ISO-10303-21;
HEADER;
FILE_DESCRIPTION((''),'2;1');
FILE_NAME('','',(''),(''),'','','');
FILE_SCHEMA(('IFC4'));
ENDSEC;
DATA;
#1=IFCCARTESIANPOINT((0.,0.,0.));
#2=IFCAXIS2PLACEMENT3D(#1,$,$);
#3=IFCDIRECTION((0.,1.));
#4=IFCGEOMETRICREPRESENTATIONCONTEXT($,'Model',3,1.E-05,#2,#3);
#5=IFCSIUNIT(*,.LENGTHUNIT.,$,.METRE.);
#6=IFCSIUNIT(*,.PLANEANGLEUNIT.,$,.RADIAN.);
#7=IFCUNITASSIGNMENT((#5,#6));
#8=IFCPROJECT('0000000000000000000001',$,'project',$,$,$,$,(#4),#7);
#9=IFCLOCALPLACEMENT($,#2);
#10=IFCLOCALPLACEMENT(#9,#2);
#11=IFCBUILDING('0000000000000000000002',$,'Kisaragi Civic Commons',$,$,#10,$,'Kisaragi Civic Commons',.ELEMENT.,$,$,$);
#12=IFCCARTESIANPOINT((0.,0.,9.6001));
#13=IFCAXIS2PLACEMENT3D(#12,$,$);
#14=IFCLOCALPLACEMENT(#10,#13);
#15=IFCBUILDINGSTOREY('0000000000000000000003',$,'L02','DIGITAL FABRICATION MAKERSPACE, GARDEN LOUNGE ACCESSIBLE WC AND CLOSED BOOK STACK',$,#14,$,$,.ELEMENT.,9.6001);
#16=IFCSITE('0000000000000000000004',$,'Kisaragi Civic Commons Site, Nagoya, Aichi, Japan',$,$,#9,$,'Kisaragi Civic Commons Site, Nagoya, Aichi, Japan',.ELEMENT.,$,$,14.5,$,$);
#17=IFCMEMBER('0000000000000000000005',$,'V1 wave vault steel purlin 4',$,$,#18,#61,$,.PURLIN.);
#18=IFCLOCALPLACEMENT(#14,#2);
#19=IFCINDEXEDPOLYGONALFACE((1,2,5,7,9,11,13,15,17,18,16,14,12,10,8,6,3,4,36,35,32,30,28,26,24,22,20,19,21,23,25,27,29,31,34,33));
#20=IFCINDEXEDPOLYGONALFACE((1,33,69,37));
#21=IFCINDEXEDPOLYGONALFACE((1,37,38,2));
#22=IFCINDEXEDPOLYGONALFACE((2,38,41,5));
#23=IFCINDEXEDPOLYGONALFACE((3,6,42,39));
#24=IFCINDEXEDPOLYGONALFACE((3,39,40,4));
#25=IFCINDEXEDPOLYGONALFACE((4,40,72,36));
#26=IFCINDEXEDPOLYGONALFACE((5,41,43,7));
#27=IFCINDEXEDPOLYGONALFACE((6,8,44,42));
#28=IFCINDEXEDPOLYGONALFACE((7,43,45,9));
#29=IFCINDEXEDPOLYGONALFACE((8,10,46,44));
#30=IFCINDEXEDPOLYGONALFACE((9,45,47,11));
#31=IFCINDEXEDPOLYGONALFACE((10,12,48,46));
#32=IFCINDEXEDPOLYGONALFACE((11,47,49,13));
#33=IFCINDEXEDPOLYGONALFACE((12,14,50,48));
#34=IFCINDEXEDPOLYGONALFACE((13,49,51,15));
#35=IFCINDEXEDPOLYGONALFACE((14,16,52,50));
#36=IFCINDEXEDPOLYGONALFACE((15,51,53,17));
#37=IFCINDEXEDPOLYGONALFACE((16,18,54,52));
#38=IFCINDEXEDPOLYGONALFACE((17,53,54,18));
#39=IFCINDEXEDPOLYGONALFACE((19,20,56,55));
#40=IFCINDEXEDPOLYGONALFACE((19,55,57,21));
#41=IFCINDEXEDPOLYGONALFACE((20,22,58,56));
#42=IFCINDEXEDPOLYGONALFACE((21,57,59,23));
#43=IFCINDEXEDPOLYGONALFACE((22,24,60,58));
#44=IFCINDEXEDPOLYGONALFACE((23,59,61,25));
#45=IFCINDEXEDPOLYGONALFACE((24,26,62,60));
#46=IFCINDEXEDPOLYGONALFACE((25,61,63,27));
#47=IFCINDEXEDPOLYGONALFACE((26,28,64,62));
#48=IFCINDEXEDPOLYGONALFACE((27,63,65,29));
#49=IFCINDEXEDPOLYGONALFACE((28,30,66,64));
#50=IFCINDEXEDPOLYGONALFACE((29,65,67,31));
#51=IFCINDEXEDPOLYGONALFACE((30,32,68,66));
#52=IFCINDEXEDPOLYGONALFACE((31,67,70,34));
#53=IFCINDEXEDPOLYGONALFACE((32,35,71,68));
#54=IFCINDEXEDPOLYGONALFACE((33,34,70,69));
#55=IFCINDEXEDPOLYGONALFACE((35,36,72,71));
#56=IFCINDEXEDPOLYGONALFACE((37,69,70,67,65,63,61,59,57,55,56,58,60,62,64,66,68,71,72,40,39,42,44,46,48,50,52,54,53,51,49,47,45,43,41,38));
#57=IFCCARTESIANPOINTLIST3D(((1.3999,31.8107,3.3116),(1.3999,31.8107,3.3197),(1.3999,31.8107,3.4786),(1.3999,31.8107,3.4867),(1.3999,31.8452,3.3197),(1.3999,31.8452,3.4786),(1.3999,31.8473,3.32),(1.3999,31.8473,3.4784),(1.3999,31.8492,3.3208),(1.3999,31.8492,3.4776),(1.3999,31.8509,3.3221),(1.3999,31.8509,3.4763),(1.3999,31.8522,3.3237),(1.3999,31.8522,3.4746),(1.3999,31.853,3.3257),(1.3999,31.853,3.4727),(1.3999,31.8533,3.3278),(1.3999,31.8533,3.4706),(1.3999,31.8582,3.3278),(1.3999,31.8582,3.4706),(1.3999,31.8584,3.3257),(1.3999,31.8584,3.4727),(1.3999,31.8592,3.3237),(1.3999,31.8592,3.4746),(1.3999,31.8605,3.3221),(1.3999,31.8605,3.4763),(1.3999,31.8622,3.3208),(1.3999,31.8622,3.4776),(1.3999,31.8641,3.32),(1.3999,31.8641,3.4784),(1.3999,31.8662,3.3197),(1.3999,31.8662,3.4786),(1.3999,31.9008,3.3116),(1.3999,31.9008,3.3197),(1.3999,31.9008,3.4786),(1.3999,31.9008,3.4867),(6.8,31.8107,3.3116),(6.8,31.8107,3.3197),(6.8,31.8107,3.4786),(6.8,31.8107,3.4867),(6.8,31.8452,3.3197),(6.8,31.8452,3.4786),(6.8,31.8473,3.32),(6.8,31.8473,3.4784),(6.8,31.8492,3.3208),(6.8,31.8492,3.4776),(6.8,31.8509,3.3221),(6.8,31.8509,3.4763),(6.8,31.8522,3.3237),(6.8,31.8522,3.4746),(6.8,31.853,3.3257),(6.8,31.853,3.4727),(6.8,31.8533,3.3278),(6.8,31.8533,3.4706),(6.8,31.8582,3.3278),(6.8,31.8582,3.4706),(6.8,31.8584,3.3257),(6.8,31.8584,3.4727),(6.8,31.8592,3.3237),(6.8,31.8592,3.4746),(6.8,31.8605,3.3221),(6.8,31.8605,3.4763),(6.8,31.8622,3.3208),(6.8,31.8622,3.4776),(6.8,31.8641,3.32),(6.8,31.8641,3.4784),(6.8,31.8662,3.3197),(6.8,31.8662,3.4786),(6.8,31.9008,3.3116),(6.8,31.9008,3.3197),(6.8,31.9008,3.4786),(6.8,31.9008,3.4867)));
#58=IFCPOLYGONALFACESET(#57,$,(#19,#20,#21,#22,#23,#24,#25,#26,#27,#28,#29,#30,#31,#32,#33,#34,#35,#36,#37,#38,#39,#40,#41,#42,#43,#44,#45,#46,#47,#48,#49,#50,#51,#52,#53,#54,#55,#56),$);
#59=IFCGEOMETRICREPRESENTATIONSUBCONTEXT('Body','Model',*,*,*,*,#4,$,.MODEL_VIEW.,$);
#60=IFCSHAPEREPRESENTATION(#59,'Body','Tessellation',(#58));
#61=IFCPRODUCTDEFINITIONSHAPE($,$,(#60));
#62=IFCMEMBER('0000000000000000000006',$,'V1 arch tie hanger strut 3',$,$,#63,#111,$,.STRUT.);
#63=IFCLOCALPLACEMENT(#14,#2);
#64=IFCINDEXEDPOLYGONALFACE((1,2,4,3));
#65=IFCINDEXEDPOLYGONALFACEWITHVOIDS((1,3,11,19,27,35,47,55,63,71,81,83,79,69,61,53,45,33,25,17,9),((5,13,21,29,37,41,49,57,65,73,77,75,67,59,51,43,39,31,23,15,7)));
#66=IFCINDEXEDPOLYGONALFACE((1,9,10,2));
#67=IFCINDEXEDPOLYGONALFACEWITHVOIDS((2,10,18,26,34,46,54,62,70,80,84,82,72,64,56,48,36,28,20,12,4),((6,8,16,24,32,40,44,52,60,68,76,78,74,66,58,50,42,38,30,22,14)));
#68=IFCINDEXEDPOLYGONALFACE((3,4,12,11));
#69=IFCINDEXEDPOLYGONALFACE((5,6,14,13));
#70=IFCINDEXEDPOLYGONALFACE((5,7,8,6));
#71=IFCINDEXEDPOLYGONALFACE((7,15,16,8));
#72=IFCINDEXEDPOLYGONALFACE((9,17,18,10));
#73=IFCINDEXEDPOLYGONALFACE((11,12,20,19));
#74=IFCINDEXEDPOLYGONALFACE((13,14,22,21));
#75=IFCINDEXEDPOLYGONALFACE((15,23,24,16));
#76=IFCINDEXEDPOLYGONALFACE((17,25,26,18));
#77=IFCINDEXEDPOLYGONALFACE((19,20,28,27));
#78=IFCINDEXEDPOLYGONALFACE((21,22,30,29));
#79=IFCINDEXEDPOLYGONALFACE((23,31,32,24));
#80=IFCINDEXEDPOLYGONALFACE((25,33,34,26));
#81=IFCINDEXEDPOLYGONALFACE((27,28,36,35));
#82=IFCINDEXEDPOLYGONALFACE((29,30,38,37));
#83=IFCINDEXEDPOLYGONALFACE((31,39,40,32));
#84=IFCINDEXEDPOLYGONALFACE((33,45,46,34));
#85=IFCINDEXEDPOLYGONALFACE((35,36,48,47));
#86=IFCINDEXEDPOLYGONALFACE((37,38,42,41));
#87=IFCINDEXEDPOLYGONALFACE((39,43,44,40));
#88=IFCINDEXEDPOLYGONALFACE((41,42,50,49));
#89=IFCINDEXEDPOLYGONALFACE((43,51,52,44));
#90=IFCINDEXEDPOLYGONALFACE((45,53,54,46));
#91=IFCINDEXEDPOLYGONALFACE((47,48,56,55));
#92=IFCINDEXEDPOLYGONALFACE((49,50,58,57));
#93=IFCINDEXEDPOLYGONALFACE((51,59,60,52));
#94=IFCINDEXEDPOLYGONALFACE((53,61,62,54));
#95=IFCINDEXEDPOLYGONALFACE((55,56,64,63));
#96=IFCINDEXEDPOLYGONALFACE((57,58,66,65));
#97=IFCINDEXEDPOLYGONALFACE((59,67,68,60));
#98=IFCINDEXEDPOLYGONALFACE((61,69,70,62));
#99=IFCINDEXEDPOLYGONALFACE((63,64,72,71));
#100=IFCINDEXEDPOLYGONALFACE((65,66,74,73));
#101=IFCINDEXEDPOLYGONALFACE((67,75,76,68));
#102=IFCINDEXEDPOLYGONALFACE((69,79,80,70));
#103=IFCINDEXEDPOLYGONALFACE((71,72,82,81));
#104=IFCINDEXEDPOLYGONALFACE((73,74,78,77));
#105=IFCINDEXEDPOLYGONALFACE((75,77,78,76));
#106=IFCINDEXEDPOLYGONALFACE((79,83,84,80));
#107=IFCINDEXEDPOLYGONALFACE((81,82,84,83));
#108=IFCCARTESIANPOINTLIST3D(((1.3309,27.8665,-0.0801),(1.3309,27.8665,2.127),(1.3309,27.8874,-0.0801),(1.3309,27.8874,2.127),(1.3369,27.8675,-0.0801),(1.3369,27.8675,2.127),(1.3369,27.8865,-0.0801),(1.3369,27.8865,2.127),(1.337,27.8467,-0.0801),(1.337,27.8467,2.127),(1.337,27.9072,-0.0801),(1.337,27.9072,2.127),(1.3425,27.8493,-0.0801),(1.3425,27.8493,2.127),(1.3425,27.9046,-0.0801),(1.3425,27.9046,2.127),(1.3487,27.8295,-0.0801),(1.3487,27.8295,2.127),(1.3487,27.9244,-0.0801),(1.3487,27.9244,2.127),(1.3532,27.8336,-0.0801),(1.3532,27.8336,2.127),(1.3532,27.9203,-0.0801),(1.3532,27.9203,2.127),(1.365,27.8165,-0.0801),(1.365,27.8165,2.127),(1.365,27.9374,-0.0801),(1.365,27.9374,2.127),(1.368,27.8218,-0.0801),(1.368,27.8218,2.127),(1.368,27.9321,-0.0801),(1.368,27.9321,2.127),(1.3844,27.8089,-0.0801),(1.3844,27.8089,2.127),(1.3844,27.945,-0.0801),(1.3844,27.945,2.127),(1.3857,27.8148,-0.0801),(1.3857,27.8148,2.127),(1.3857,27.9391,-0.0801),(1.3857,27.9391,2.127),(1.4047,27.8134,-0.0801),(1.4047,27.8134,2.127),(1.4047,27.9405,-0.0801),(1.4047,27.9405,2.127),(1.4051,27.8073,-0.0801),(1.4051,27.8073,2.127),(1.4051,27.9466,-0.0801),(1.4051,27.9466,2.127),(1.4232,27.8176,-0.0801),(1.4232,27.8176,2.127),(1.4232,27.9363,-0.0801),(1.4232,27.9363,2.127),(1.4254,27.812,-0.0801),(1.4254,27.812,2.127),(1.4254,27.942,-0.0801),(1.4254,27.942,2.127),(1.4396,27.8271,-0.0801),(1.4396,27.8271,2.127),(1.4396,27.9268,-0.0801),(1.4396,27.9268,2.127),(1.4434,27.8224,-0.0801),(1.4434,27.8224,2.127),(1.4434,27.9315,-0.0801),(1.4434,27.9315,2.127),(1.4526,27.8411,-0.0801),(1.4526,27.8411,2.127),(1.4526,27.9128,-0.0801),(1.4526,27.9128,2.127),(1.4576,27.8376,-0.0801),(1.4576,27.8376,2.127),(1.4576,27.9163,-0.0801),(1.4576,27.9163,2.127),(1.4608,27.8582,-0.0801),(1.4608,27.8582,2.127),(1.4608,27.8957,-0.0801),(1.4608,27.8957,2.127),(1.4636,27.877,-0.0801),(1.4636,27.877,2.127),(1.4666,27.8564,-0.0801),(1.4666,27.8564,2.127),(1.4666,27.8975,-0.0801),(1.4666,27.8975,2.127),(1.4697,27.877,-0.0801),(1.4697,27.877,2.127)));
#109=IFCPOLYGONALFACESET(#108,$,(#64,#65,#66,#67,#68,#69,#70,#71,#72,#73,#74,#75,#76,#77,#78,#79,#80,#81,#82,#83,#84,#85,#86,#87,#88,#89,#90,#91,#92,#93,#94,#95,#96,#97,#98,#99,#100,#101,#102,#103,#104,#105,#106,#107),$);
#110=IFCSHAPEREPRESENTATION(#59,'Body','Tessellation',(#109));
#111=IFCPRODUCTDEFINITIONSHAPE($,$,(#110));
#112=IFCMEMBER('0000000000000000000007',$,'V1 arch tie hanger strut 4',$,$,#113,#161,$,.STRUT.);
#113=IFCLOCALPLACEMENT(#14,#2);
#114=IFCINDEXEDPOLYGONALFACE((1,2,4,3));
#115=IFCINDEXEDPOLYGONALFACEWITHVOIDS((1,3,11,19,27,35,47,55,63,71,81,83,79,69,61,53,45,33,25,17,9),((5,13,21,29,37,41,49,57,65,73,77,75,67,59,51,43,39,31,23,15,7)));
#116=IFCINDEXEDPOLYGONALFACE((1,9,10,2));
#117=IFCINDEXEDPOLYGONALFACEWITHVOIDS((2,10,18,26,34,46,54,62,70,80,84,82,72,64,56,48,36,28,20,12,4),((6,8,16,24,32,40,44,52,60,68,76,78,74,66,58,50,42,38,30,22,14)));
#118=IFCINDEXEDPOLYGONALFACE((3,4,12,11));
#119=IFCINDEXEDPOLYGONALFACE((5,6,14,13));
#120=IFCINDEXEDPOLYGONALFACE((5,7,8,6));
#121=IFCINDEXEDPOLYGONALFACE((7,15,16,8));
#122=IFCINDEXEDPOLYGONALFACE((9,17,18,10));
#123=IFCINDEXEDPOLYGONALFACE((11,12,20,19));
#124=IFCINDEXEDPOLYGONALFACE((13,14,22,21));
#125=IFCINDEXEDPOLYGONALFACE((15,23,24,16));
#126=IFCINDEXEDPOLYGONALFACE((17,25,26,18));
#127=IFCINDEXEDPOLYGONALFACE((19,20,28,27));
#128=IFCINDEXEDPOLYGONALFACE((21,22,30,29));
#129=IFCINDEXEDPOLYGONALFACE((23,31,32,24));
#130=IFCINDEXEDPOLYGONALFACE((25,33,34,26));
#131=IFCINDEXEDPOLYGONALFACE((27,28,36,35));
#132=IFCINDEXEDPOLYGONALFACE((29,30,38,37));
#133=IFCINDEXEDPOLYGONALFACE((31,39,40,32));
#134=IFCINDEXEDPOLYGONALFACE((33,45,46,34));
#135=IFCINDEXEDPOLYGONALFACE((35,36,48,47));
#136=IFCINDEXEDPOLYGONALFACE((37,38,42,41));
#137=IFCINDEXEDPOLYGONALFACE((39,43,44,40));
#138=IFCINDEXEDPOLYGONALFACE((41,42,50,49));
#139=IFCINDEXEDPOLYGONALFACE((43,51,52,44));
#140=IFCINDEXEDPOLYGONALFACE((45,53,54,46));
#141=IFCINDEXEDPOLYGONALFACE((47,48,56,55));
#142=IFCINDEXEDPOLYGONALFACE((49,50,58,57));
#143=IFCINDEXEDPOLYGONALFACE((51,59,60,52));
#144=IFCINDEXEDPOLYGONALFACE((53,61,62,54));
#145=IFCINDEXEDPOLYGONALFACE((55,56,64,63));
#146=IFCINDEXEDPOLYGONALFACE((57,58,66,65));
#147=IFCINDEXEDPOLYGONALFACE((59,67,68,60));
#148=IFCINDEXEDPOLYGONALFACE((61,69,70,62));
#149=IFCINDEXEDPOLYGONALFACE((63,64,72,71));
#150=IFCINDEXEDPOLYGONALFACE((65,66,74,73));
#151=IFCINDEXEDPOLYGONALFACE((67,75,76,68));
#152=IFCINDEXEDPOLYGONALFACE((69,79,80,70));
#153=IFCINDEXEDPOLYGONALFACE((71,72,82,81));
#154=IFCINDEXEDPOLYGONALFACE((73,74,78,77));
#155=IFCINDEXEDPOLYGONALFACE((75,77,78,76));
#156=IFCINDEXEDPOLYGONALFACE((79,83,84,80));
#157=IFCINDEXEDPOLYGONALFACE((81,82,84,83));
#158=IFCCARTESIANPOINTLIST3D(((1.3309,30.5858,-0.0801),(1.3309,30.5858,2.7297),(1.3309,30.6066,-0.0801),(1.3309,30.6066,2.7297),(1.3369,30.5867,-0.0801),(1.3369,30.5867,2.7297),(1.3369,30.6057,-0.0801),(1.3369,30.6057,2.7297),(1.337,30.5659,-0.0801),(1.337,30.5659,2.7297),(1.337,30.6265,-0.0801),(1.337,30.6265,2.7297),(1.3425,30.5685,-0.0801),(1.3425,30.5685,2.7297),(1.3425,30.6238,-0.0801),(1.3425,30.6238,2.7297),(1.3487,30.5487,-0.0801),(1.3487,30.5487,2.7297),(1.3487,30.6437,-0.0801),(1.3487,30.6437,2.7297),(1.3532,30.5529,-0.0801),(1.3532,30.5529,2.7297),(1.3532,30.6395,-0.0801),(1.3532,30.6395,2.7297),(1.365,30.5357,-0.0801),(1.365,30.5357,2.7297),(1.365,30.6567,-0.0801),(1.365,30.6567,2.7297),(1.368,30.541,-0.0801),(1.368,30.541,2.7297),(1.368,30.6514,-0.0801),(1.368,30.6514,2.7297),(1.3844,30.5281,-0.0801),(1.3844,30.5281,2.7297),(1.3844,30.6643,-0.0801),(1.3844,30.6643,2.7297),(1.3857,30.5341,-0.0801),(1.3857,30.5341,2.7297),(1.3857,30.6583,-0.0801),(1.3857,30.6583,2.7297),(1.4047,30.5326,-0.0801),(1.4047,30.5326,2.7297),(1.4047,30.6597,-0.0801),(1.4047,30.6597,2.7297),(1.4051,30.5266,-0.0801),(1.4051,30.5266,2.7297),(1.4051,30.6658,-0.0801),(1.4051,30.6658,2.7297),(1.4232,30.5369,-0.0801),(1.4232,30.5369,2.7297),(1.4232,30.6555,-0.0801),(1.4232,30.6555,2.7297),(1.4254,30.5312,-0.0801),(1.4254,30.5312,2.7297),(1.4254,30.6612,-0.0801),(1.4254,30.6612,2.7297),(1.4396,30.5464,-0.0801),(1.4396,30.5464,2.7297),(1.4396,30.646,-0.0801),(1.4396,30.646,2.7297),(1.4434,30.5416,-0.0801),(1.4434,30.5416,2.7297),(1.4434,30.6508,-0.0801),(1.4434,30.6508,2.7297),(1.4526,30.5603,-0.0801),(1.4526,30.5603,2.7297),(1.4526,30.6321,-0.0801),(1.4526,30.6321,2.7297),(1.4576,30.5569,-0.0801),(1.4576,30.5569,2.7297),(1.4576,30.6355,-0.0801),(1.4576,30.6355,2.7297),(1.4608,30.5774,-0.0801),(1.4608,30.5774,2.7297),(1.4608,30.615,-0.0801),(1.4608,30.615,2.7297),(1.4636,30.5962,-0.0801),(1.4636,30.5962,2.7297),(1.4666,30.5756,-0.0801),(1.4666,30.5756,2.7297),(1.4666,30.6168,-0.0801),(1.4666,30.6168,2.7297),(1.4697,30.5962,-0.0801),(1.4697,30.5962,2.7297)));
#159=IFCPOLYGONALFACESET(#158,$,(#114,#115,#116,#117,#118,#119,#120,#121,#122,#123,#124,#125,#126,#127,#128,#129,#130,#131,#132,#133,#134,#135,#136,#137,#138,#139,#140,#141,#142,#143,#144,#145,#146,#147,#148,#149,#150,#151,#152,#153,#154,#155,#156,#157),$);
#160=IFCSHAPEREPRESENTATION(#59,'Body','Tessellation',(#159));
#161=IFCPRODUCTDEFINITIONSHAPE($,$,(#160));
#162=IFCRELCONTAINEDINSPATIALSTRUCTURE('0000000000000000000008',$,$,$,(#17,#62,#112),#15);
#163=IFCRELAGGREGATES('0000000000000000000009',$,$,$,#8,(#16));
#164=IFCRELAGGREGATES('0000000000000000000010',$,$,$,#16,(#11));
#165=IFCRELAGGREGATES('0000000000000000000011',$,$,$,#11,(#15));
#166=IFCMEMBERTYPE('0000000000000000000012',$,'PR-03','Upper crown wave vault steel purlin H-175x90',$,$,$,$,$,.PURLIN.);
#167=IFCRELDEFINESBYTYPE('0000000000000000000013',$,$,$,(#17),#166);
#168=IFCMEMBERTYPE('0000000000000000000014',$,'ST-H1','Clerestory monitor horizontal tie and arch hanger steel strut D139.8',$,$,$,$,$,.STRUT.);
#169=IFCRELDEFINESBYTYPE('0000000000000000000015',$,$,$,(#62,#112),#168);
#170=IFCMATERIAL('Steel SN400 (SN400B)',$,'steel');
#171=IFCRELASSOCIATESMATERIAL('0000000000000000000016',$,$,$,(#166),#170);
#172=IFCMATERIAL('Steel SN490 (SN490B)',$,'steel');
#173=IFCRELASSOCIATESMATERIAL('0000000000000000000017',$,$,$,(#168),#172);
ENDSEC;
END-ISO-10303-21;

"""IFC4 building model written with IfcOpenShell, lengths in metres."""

from ifc_helpers import new_model, si_unit, direction, frame, origin, origin_2d, place, context, subcontext, project, spatial, hollow_circle, i_section, extrude, material, material_profile, profile_set, type_object, element, save


model = new_model("IFC4")

# Units and contexts
model_context = context("Model", 3, precision=1e-05, world=origin(), true_north=direction((0.0, 1.0)))
body_context = subcontext(model_context, "Body", "Model", "MODEL_VIEW")
ifc_project = project(units=[si_unit("LENGTHUNIT", "METRE"), si_unit("PLANEANGLEUNIT", "RADIAN")], contexts=[model_context])

# Site, building, storey
site_placement = place(None, origin())
site = spatial("IfcSite", under=ifc_project, at=site_placement, Name="Kisaragi Civic Commons Site, Nagoya, Aichi, Japan", LongName="Kisaragi Civic Commons Site, Nagoya, Aichi, Japan", CompositionType="ELEMENT", RefElevation=14.5)
building_placement = place(site_placement, origin())
building = spatial("IfcBuilding", under=site, at=building_placement, Name="Kisaragi Civic Commons", LongName="Kisaragi Civic Commons", CompositionType="ELEMENT")
storey_placement = place(building_placement, frame((0.0, 0.0, 9.6001)))
storey = spatial("IfcBuildingStorey", under=building, at=storey_placement, Name="L02", Description="DIGITAL FABRICATION MAKERSPACE, GARDEN LOUNGE ACCESSIBLE WC AND CLOSED BOOK STACK", CompositionType="ELEMENT", Elevation=9.6001)

# Shared definitions
ifc_material_1 = material(Name="Steel SN400 (SN400B)", Category="steel")

# Members
ifc_material_2 = material(Name="Steel SN490 (SN490B)", Category="steel")
ifc_material_profile_1 = material_profile(ifc_material_1, i_section(OverallWidth=0.0901, OverallDepth=0.175, WebThickness=0.0049, FlangeThickness=0.0081, FilletRadius=0.0081, at=origin_2d()), Name="H-175x90x5x8", Category="steel")
ifc_profile_set_1 = profile_set([ifc_material_profile_1], Name="Steel SN400 (SN400B)")
member_type_1 = type_object("IfcMemberType", Name="PR-03", Description="Upper crown wave vault steel purlin H-175x90", PredefinedType="PURLIN", material=ifc_profile_set_1)
member_1_placement = place(storey_placement, frame((1.3999, 31.8557, 3.3992), z_axis=(1.0, 0.0, 0.0), x_axis=(0.0, 1.0, 0.0)))
element("IfcMember", 1, at=member_1_placement, inside=storey, type_object=member_type_1, Name="V1 wave vault steel purlin 4", PredefinedType="PURLIN", context=body_context, shape_type="SweptSolid", body=[
    extrude(i_section(OverallWidth=0.0901, OverallDepth=0.175, WebThickness=0.0049, FlangeThickness=0.0081, FilletRadius=0.0081, at=origin_2d()), origin(), (0.0, 0.0, 1.0), 5.4001),
])
ifc_material_profile_2 = material_profile(ifc_material_2, hollow_circle(Radius=0.0698, WallThickness=0.0061, at=origin_2d()), Name="CHS-139.8x6.0", Category="steel")
ifc_profile_set_2 = profile_set([ifc_material_profile_2], Name="Steel SN490 (SN490B)")
member_type_2 = type_object("IfcMemberType", Name="ST-H1", Description="Clerestory monitor horizontal tie and arch hanger steel strut D139.8", PredefinedType="STRUT", material=ifc_profile_set_2)
member_2_placement = place(storey_placement, frame((1.3999, 27.877, -0.0801), z_axis=(0.0, 0.0, 1.0), x_axis=(1.0, 0.0, 0.0)))
element("IfcMember", 2, at=member_2_placement, inside=storey, type_object=member_type_2, Name="V1 arch tie hanger strut 3", PredefinedType="STRUT", context=body_context, shape_type="SweptSolid", body=[
    extrude(hollow_circle(Radius=0.0698, WallThickness=0.0061, at=origin_2d()), origin(), (0.0, 0.0, 1.0), 2.207),
])
member_3_placement = place(storey_placement, frame((1.3999, 30.5962, -0.0801), z_axis=(0.0, 0.0, 1.0), x_axis=(1.0, 0.0, 0.0)))
element("IfcMember", 3, at=member_3_placement, inside=storey, type_object=member_type_2, Name="V1 arch tie hanger strut 4", PredefinedType="STRUT", context=body_context, shape_type="SweptSolid", body=[
    extrude(hollow_circle(Radius=0.0698, WallThickness=0.0061, at=origin_2d()), origin(), (0.0, 0.0, 1.0), 2.8098),
])

save(model, "model.ifc")
